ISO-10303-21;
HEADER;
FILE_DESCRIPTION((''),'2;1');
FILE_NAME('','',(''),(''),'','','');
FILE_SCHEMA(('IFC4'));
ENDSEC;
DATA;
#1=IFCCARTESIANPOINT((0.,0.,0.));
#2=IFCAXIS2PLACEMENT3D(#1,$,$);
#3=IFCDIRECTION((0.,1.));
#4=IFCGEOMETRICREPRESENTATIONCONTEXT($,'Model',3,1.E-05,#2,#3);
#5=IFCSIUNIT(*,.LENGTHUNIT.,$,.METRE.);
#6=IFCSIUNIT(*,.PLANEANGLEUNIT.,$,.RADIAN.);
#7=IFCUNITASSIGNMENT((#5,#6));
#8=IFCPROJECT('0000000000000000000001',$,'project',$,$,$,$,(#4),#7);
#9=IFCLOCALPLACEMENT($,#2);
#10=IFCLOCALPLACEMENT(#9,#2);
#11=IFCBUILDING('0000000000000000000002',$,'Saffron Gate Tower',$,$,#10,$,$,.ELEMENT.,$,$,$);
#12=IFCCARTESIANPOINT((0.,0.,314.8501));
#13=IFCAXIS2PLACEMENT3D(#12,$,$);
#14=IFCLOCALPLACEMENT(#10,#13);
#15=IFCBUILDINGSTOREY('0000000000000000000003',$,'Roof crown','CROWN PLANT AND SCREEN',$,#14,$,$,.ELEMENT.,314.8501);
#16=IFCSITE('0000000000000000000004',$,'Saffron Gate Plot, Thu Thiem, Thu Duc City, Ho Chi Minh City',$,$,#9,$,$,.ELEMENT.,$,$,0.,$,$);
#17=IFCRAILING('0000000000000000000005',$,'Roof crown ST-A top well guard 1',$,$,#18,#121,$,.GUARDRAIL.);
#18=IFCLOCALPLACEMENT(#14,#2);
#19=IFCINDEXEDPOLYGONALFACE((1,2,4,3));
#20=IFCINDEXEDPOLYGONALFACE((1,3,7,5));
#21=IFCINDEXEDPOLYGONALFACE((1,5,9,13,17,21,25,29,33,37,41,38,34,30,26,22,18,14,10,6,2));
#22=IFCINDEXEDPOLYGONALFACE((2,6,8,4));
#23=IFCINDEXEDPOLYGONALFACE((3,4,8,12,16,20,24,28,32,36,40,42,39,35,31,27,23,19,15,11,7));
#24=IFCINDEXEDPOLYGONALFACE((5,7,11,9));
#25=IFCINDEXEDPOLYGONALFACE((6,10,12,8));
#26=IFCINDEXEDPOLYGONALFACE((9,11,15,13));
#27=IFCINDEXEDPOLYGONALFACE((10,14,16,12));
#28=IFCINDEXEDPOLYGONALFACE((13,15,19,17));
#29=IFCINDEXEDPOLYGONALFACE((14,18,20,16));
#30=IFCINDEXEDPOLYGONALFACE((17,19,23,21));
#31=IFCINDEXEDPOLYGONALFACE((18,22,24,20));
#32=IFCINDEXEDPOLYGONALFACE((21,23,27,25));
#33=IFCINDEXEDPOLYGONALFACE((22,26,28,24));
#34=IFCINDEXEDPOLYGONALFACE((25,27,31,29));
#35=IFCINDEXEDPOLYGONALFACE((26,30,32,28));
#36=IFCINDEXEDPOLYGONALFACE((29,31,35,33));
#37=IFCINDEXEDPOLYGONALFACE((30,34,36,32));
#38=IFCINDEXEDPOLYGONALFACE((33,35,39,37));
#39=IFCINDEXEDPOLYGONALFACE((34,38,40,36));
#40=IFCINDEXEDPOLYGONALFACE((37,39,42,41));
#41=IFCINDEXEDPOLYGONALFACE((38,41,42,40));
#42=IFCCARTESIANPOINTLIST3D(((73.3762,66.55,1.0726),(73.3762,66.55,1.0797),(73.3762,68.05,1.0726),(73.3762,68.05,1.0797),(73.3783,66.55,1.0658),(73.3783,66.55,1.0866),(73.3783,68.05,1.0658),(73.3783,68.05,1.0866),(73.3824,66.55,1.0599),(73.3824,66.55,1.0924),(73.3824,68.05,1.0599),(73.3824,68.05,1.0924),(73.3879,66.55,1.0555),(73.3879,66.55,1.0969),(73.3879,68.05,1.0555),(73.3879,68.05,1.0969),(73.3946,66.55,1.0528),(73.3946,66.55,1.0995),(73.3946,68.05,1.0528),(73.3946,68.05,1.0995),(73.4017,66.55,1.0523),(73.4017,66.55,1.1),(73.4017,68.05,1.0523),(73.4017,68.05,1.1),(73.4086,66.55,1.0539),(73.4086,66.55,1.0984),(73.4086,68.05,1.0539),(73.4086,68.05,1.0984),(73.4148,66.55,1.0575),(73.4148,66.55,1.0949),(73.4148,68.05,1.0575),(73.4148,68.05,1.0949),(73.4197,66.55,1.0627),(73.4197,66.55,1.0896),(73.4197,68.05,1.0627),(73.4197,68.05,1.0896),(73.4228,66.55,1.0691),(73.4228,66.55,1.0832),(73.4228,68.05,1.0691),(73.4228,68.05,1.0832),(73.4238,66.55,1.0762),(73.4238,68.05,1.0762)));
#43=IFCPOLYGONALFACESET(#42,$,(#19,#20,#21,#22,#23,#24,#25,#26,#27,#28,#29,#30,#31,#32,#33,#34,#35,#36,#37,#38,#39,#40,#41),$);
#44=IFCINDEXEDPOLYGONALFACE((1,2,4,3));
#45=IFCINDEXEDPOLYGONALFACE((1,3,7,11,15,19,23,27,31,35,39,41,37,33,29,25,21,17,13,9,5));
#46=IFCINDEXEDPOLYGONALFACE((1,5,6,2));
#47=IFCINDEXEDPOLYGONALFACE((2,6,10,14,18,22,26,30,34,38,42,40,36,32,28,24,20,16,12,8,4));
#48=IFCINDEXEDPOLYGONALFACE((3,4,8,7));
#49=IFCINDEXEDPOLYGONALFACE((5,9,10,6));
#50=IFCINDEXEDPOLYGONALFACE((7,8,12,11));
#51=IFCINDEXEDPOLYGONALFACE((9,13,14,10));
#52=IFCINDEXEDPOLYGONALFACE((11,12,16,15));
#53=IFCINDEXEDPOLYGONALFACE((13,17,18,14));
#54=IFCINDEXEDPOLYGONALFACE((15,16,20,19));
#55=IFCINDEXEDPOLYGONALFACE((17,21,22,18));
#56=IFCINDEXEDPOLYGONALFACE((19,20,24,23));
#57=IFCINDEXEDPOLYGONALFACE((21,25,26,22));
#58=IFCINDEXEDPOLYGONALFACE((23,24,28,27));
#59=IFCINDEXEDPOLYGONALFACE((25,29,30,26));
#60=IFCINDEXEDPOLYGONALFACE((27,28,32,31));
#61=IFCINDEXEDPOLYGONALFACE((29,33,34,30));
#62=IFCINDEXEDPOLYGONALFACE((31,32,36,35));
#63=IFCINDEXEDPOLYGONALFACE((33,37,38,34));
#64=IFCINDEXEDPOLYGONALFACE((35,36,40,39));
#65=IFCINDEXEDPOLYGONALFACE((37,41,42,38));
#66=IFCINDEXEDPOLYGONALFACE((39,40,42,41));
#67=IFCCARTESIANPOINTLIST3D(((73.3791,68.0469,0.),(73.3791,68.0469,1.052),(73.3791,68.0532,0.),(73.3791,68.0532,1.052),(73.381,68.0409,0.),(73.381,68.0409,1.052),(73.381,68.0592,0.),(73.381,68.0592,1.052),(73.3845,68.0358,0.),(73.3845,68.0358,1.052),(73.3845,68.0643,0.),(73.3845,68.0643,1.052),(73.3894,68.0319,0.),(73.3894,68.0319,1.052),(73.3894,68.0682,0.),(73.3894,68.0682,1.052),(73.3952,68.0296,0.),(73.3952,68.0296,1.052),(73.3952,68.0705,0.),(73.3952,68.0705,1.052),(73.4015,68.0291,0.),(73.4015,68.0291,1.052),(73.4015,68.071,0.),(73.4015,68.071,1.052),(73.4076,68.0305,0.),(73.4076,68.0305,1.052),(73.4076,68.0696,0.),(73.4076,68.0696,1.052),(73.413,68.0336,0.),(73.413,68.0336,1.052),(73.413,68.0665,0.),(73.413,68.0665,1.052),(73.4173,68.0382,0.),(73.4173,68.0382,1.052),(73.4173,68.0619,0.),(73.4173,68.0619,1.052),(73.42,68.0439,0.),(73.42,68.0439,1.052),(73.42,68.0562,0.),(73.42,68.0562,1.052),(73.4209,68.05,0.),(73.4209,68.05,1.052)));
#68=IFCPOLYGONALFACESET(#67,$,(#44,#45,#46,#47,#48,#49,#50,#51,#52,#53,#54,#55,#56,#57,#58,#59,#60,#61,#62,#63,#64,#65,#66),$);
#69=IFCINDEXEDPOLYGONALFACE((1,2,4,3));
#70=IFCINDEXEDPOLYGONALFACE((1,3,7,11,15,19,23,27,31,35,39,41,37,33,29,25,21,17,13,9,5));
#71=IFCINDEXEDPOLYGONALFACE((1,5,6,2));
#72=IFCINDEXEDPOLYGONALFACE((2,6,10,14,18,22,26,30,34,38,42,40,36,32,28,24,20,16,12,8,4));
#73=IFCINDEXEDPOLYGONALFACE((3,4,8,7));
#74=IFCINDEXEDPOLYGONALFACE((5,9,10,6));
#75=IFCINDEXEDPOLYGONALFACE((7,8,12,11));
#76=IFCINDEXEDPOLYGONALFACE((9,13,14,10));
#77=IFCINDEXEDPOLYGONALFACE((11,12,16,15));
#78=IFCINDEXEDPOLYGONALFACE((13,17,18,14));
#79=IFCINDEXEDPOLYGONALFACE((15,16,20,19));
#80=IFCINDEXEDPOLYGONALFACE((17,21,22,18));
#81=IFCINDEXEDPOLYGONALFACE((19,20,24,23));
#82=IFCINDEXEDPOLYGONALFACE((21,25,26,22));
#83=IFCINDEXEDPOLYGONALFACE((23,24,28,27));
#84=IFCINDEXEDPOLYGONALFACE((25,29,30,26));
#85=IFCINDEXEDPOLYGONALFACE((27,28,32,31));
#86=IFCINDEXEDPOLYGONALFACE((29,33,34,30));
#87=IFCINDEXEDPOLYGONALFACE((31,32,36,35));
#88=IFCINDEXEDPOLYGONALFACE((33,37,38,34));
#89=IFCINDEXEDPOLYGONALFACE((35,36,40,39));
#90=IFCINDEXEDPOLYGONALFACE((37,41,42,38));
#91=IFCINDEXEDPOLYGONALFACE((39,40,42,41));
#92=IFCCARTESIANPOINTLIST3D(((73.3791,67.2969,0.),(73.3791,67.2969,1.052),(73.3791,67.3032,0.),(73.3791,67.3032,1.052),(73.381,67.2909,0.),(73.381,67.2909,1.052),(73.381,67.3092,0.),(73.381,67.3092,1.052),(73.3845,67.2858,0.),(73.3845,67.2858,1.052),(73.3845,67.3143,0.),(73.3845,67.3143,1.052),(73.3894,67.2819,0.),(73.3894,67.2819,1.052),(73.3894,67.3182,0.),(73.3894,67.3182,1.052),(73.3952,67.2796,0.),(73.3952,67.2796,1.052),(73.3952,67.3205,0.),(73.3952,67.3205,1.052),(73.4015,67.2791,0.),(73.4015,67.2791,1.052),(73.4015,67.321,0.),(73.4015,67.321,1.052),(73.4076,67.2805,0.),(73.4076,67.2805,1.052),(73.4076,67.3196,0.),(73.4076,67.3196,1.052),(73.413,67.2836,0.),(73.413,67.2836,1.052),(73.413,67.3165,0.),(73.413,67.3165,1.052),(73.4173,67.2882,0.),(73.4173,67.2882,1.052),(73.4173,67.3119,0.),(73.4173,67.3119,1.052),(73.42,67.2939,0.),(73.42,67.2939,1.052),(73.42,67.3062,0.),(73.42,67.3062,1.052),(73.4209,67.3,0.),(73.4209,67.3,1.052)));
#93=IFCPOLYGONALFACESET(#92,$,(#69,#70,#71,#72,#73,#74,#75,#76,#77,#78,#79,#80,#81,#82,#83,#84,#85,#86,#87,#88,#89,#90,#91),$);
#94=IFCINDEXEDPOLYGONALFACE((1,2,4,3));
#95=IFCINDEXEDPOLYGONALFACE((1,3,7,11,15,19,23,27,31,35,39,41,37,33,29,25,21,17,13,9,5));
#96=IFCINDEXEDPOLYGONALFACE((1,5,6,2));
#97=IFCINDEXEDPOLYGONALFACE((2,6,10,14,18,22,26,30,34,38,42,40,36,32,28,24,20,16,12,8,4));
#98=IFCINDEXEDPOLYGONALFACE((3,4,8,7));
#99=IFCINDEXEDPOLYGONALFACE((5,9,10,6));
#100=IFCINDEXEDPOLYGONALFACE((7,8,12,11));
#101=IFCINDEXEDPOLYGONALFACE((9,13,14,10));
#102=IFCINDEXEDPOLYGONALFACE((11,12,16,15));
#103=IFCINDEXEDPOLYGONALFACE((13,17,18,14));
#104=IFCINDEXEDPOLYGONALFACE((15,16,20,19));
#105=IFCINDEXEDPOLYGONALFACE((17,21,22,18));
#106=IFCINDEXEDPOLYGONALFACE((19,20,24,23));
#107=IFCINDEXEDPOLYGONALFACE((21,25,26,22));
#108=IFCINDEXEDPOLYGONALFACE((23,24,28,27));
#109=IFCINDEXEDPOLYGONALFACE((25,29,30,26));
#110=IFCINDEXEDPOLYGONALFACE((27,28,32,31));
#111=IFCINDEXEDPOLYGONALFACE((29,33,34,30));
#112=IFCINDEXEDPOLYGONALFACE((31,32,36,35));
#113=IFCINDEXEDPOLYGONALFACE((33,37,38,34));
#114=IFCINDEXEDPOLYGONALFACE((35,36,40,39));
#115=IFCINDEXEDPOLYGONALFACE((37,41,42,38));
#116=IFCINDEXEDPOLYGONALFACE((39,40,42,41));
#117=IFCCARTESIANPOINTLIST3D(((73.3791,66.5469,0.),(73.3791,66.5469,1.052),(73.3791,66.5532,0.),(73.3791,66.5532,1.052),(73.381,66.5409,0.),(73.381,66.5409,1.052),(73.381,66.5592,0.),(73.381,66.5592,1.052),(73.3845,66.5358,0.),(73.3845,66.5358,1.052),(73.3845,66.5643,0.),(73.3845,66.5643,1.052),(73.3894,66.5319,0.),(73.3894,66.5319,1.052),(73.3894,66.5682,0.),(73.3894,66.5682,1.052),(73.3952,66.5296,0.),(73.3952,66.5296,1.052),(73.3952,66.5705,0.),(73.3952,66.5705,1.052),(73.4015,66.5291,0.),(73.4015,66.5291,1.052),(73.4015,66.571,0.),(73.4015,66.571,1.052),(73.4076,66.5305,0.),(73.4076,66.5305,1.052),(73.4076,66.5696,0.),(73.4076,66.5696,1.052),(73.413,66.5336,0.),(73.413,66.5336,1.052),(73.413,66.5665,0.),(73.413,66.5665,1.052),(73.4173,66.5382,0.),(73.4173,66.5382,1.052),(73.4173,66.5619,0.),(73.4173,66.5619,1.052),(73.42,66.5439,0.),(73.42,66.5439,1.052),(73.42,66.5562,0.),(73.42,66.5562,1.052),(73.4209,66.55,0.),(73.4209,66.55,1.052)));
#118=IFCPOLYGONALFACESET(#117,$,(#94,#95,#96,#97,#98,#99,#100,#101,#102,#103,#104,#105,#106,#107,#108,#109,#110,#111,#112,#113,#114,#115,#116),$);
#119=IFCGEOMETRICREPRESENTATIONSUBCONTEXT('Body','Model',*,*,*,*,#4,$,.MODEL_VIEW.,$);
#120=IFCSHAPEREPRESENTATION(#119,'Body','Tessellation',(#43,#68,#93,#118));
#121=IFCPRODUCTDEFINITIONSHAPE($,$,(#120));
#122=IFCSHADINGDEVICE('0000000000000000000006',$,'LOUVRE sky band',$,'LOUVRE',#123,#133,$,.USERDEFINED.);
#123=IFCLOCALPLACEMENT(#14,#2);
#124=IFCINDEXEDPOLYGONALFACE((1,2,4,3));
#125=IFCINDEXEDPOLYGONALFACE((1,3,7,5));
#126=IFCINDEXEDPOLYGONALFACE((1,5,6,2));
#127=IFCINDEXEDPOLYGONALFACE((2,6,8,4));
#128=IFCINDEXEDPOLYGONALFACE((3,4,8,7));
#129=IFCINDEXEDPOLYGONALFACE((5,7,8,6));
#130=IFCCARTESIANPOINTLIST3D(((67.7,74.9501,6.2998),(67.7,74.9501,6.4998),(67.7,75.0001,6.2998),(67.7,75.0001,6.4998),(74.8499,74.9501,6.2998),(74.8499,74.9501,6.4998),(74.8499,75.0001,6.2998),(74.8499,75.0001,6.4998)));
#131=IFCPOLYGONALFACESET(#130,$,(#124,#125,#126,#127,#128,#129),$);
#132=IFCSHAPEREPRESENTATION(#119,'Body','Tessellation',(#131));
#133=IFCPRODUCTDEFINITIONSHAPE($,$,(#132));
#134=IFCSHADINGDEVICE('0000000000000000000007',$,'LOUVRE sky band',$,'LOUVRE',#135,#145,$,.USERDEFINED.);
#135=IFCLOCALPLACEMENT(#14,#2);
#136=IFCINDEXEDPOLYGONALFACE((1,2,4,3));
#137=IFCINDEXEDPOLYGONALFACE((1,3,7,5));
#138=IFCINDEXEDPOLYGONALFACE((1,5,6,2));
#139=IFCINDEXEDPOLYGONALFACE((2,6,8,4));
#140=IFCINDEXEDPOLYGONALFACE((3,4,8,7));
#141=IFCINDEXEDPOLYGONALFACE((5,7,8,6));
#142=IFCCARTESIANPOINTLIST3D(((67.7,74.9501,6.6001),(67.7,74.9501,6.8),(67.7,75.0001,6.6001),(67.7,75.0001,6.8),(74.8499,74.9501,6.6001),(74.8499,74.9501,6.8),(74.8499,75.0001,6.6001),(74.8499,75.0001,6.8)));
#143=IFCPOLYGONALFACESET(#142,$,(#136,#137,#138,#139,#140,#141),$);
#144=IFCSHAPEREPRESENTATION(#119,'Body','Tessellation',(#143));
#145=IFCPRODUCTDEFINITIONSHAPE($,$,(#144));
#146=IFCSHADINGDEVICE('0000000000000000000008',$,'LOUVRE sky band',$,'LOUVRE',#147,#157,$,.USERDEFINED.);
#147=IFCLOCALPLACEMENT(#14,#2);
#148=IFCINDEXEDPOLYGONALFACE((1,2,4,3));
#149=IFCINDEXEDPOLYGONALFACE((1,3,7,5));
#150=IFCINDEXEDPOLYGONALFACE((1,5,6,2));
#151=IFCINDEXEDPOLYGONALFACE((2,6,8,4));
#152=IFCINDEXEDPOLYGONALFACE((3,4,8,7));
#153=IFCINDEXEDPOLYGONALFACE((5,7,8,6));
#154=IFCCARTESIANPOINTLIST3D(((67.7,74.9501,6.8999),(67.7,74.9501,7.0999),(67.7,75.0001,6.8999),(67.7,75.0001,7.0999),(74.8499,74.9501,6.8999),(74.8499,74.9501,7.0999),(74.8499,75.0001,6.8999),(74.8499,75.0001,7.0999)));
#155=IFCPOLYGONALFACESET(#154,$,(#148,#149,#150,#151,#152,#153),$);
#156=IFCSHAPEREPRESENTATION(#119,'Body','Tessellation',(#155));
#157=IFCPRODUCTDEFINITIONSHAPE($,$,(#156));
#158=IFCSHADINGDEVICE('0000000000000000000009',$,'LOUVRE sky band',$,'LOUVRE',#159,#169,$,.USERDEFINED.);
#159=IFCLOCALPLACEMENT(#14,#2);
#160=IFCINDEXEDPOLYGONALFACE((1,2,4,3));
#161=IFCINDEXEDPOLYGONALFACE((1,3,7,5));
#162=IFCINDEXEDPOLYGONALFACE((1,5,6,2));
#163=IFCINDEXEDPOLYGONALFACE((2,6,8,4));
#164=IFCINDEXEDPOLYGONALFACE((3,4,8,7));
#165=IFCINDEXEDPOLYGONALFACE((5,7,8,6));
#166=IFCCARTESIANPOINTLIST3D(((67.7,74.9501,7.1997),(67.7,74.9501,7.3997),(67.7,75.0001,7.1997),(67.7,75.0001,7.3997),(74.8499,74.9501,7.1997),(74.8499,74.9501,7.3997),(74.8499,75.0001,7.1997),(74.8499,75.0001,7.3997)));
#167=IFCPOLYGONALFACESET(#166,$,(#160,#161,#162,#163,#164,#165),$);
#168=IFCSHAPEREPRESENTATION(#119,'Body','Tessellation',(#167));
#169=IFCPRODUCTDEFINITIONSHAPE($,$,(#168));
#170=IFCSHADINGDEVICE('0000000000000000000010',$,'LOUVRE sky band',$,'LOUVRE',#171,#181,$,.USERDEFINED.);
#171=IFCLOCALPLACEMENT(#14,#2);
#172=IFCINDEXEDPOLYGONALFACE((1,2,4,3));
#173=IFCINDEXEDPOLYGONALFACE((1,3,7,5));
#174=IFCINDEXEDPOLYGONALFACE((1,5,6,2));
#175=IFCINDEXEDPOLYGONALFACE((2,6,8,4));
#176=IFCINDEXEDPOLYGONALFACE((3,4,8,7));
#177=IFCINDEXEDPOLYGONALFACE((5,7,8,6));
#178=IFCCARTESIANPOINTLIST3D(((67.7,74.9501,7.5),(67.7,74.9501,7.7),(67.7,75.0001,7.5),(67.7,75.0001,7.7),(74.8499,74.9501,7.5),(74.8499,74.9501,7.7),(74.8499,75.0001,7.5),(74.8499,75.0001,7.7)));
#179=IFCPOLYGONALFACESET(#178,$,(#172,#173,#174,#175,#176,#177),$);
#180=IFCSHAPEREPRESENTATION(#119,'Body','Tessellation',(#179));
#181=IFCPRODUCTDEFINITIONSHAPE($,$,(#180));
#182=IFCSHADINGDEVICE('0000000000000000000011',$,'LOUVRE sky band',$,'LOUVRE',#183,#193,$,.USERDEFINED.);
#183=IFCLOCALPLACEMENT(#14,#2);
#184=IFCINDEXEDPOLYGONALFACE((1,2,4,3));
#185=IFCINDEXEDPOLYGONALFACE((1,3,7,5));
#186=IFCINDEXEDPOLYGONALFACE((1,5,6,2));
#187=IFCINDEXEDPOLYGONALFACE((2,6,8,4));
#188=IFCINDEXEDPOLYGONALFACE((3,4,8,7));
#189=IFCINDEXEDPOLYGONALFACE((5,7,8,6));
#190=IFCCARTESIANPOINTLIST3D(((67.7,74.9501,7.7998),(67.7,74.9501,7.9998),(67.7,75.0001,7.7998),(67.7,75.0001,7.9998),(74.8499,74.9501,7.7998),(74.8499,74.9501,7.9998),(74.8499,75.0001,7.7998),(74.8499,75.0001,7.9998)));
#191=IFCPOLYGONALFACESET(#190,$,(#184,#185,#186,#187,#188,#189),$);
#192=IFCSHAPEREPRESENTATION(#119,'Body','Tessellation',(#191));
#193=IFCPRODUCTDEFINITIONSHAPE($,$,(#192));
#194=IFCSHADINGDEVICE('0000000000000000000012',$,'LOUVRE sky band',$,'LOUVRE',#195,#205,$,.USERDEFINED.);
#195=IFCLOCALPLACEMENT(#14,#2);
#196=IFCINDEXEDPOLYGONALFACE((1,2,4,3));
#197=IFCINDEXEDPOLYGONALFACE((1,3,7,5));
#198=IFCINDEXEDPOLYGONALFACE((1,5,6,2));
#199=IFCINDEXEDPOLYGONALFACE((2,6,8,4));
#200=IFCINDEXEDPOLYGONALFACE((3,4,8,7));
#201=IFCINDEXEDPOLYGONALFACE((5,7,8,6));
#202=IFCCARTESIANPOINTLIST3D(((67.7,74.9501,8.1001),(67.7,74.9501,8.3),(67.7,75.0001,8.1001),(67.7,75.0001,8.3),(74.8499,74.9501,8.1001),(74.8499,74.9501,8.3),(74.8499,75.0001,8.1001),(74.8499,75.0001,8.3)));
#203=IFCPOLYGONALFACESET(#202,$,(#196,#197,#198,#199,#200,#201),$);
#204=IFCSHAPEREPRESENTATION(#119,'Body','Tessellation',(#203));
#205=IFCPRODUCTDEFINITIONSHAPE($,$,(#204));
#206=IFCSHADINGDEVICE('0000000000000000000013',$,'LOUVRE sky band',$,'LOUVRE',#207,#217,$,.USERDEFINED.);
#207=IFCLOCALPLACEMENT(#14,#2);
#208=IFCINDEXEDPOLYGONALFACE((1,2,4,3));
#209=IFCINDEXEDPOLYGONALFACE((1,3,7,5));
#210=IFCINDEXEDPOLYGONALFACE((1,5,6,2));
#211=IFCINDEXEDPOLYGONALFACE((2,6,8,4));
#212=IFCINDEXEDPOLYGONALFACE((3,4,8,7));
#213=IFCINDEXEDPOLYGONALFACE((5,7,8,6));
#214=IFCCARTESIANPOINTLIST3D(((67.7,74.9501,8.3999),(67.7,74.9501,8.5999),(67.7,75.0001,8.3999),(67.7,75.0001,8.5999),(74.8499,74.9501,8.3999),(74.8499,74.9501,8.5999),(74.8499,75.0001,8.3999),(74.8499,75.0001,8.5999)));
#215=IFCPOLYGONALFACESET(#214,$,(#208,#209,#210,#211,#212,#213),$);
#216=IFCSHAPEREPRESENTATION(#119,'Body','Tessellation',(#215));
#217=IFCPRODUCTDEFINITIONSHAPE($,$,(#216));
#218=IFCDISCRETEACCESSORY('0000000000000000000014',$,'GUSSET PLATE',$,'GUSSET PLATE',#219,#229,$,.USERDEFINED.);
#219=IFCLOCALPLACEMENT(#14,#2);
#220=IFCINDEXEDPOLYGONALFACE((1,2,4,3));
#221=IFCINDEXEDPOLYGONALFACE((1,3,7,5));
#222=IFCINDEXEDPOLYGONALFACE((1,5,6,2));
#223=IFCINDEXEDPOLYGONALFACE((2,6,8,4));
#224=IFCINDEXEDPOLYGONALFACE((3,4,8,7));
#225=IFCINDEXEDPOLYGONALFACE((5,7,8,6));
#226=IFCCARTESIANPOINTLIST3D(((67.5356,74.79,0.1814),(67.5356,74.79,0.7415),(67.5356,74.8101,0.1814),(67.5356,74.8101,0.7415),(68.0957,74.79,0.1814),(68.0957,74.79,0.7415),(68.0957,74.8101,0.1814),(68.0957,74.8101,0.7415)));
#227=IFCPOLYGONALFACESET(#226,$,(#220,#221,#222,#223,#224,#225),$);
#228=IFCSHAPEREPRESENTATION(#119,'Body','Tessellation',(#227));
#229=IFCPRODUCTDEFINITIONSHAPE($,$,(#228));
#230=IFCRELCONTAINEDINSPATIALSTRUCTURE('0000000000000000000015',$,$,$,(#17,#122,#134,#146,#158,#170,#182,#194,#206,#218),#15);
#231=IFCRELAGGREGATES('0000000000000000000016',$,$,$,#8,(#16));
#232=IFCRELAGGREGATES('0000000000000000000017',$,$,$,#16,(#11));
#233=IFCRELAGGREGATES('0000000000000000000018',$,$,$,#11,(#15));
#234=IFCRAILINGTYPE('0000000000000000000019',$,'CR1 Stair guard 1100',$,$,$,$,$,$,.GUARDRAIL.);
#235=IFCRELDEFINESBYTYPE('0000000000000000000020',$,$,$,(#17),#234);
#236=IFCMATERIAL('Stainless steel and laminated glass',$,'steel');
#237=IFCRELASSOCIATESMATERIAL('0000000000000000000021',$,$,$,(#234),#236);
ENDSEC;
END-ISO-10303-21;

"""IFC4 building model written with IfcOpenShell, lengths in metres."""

from ifc_helpers import new_model, si_unit, direction, frame, origin, origin_2d, place, context, subcontext, project, spatial, rectangle, circle, extrude, material, type_object, element, save


model = new_model("IFC4")

# Units and contexts
model_context = context("Model", 3, precision=1e-05, world=origin(), true_north=direction((0.0, 1.0)))
body_context = subcontext(model_context, "Body", "Model", "MODEL_VIEW")
ifc_project = project(units=[si_unit("LENGTHUNIT", "METRE"), si_unit("PLANEANGLEUNIT", "RADIAN")], contexts=[model_context])

# Site, building, storey
site_placement = place(None, origin())
site = spatial("IfcSite", under=ifc_project, at=site_placement, Name="Saffron Gate Plot, Thu Thiem, Thu Duc City, Ho Chi Minh City", CompositionType="ELEMENT", RefElevation=0.0)
building_placement = place(site_placement, origin())
building = spatial("IfcBuilding", under=site, at=building_placement, Name="Saffron Gate Tower", CompositionType="ELEMENT")
storey_placement = place(building_placement, frame((0.0, 0.0, 314.8501)))
storey = spatial("IfcBuildingStorey", under=building, at=storey_placement, Name="Roof crown", Description="CROWN PLANT AND SCREEN", CompositionType="ELEMENT", Elevation=314.8501)

# Railing
ifc_material_1 = material(Name="Stainless steel and laminated glass", Category="steel")
railing_type = type_object("IfcRailingType", Name="CR1 Stair guard 1100", PredefinedType="GUARDRAIL", material=ifc_material_1)
railing_placement = place(storey_placement, frame((73.3999, 68.05, 0.0)))
element("IfcRailing", 1, at=railing_placement, inside=storey, type_object=railing_type, Name="Roof crown ST-A top well guard 1", PredefinedType="GUARDRAIL", context=body_context, shape_type="SweptSolid", body=[
    extrude(circle(Radius=0.0239, at=origin_2d()), frame((0.0, 0.0, 1.0762), z_axis=(0.0, -1.0, 0.0), x_axis=(1.0, 0.0, 0.0)), (0.0, 0.0, 1.0), 1.5),
    extrude(circle(Radius=0.021, at=origin_2d()), origin(), (0.0, 0.0, 1.0), 1.052),
    extrude(circle(Radius=0.021, at=origin_2d()), frame((0.0, -0.75, 0.0)), (0.0, 0.0, 1.0), 1.052),
    extrude(circle(Radius=0.021, at=origin_2d()), frame((0.0, -1.5, 0.0)), (0.0, 0.0, 1.0), 1.052),
])

# Shading devices
for number, where, z_axis, x_axis, name in (
    (2, (71.2749, 74.9751, 6.2998), (0.0, 0.0, 1.0), (-1.0, 0.0, 0.0), "LOUVRE sky band"),
    (3, (71.2749, 74.9751, 6.6001), (0.0, 0.0, 1.0), (-1.0, 0.0, 0.0), "LOUVRE sky band"),
    (4, (71.2749, 74.9751, 6.8999), (0.0, 0.0, 1.0), (-1.0, 0.0, 0.0), "LOUVRE sky band"),
    (5, (71.2749, 74.9751, 7.1997), (0.0, 0.0, 1.0), (-1.0, 0.0, 0.0), "LOUVRE sky band"),
    (6, (71.2749, 74.9751, 7.5), (0.0, 0.0, 1.0), (-1.0, 0.0, 0.0), "LOUVRE sky band"),
    (7, (71.2749, 74.9751, 7.7998), (0.0, 0.0, 1.0), (-1.0, 0.0, 0.0), "LOUVRE sky band"),
    (8, (71.2749, 74.9751, 8.1001), (0.0, 0.0, 1.0), (-1.0, 0.0, 0.0), "LOUVRE sky band"),
    (9, (71.2749, 74.9751, 8.3999), (0.0, 0.0, 1.0), (-1.0, 0.0, 0.0), "LOUVRE sky band"),
):
    element("IfcShadingDevice", number, at=place(storey_placement, frame(where, z_axis=z_axis, x_axis=x_axis)), inside=storey, Name=name, ObjectType="LOUVRE", PredefinedType="USERDEFINED", context=body_context, shape_type="SweptSolid", body=[
        extrude(rectangle(XDim=7.1499, YDim=0.05, at=origin_2d()), origin(), (0.0, 0.0, 1.0), 0.2),
    ])

# Discrete accessory
for number, where, z_axis, x_axis, name in (
    (10, (67.8157, 74.8, 0.1814), (0.0, 0.0, 1.0), (1.0, 0.0, 0.0), "GUSSET PLATE"),
):
    element("IfcDiscreteAccessory", number, at=place(storey_placement, frame(where, z_axis=z_axis, x_axis=x_axis)), inside=storey, Name=name, ObjectType="GUSSET PLATE", PredefinedType="USERDEFINED", context=body_context, shape_type="SweptSolid", body=[
        extrude(rectangle(XDim=0.5601, YDim=0.02, at=origin_2d()), origin(), (0.0, 0.0, 1.0), 0.5601),
    ])

save(model, "model.ifc")
